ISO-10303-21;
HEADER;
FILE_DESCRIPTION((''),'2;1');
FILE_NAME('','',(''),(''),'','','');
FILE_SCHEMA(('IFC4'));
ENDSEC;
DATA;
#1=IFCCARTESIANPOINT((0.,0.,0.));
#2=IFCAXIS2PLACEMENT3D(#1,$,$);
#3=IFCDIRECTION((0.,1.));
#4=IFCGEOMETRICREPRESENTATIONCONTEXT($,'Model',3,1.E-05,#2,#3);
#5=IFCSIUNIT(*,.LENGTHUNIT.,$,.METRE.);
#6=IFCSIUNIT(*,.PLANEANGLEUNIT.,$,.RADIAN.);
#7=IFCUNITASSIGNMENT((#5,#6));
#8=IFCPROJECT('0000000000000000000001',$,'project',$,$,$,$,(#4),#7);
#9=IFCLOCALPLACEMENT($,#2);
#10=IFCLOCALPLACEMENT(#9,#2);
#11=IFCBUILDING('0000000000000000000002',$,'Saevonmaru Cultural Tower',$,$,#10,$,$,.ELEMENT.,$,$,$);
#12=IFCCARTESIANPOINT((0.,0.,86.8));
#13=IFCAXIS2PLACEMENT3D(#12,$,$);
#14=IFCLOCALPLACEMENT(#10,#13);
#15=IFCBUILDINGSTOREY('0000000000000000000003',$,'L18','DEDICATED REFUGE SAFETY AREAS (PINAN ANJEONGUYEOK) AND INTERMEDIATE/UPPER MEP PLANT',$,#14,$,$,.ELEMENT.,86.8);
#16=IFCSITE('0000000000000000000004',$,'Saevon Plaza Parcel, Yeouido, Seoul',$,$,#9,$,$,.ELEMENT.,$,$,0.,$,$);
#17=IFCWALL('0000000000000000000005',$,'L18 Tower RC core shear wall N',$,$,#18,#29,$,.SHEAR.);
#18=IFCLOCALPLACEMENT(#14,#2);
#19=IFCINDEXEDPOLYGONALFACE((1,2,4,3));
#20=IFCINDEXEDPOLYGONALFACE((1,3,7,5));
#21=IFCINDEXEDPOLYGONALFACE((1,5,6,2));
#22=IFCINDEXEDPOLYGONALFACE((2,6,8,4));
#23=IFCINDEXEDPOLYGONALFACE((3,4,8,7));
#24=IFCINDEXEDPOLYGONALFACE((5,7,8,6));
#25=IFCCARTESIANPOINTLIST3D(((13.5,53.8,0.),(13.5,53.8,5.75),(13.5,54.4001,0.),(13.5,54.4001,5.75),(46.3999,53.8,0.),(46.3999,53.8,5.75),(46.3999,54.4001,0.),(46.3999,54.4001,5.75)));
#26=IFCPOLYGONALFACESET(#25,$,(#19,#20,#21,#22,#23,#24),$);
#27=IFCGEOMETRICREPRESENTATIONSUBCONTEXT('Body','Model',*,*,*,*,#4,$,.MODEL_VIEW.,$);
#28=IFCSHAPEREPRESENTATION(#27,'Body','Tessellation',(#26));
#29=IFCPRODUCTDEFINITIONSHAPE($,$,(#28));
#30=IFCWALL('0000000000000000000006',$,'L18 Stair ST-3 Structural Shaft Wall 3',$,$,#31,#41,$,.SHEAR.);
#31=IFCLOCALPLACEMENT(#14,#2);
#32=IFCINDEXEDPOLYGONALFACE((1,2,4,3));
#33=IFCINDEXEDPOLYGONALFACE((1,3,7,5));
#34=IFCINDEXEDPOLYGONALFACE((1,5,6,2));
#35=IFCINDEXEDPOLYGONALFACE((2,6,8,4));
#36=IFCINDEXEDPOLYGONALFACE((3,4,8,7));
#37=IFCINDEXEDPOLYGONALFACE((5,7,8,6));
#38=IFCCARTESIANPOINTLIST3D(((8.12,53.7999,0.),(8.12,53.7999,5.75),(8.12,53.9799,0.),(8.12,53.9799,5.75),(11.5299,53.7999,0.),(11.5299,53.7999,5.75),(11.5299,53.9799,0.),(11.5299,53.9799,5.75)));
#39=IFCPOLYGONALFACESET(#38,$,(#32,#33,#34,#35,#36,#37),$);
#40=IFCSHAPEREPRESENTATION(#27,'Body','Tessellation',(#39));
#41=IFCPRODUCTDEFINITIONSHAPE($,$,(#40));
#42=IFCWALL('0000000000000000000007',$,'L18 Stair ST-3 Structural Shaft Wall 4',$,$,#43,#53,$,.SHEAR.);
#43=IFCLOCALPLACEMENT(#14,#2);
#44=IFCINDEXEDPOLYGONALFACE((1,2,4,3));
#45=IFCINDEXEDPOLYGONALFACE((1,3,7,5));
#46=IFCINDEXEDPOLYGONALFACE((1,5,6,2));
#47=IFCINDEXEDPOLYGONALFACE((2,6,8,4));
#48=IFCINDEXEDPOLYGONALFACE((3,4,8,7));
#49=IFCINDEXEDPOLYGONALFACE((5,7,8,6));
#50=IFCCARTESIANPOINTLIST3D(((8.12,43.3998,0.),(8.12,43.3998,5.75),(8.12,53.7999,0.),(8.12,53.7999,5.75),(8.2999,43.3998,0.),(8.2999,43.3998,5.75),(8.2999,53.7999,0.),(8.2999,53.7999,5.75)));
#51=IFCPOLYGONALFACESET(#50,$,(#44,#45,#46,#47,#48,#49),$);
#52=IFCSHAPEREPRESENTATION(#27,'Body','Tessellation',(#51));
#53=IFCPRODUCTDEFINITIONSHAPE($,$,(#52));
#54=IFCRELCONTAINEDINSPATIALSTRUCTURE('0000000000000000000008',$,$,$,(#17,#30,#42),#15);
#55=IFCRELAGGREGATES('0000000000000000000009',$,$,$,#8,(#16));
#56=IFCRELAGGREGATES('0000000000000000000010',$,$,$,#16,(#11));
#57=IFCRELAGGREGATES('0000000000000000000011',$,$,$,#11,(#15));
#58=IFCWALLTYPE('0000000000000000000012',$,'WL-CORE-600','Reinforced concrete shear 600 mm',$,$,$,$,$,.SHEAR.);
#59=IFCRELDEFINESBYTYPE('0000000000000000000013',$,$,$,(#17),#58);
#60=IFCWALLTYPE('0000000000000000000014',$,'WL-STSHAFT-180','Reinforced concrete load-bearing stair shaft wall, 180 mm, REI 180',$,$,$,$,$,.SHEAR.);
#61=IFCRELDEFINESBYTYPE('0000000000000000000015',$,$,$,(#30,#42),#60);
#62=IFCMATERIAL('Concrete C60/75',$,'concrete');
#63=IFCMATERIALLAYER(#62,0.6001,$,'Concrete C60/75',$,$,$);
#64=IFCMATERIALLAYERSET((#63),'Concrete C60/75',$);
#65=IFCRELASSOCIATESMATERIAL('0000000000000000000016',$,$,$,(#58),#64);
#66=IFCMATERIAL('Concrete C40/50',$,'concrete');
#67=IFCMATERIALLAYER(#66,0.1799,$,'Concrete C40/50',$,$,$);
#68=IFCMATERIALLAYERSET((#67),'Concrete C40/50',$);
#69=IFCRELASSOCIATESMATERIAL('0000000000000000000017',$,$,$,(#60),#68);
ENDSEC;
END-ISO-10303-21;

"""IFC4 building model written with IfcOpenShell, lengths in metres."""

from ifc_helpers import new_model, si_unit, direction, frame, frame_2d, origin, place, context, subcontext, project, spatial, rectangle, extrude, material, layer, layer_set, type_object, element, save


model = new_model("IFC4")

# Units and contexts
model_context = context("Model", 3, precision=1e-05, world=origin(), true_north=direction((0.0, 1.0)))
body_context = subcontext(model_context, "Body", "Model", "MODEL_VIEW")
ifc_project = project(units=[si_unit("LENGTHUNIT", "METRE"), si_unit("PLANEANGLEUNIT", "RADIAN")], contexts=[model_context])

# Site, building, storey
site_placement = place(None, origin())
site = spatial("IfcSite", under=ifc_project, at=site_placement, Name="Saevon Plaza Parcel, Yeouido, Seoul", CompositionType="ELEMENT", RefElevation=0.0)
building_placement = place(site_placement, origin())
building = spatial("IfcBuilding", under=site, at=building_placement, Name="Saevonmaru Cultural Tower", CompositionType="ELEMENT")
storey_placement = place(building_placement, frame((0.0, 0.0, 86.8)))
storey = spatial("IfcBuildingStorey", under=building, at=storey_placement, Name="L18", Description="DEDICATED REFUGE SAFETY AREAS (PINAN ANJEONGUYEOK) AND INTERMEDIATE/UPPER MEP PLANT", CompositionType="ELEMENT", Elevation=86.8)

# Walls
ifc_material_1 = material(Name="Concrete C60/75", Category="concrete")
ifc_layer_1 = layer(ifc_material_1, 0.6001, Name="Concrete C60/75")
ifc_layer_set_1 = layer_set([ifc_layer_1], Name="Concrete C60/75")
wall_type_1 = type_object("IfcWallType", Name="WL-CORE-600", Description="Reinforced concrete shear 600 mm", PredefinedType="SHEAR", material=ifc_layer_set_1)
wall_1_placement = place(storey_placement, frame((13.5, 54.1001, 0.0), z_axis=(0.0, 0.0, 1.0), x_axis=(1.0, 0.0, 0.0)))
element("IfcWall", 1, at=wall_1_placement, inside=storey, type_object=wall_type_1, Name="L18 Tower RC core shear wall N", PredefinedType="SHEAR", context=body_context, shape_type="SweptSolid", body=[
    extrude(rectangle(XDim=32.8999, YDim=0.6001, at=frame_2d((16.45, 0.0))), origin(), (0.0, 0.0, 1.0), 5.75),
])
ifc_material_2 = material(Name="Concrete C40/50", Category="concrete")
ifc_layer_2 = layer(ifc_material_2, 0.1799, Name="Concrete C40/50")
ifc_layer_set_2 = layer_set([ifc_layer_2], Name="Concrete C40/50")
wall_type_2 = type_object("IfcWallType", Name="WL-STSHAFT-180", Description="Reinforced concrete load-bearing stair shaft wall, 180 mm, REI 180", PredefinedType="SHEAR", material=ifc_layer_set_2)
wall_2_placement = place(storey_placement, frame((11.53, 53.8899, 0.0), z_axis=(0.0, 0.0, 1.0), x_axis=(-1.0, 0.0, 0.0)))
element("IfcWall", 2, at=wall_2_placement, inside=storey, type_object=wall_type_2, Name="L18 Stair ST-3 Structural Shaft Wall 3", PredefinedType="SHEAR", context=body_context, shape_type="SweptSolid", body=[
    extrude(rectangle(XDim=3.4099, YDim=0.1799, at=frame_2d((1.7051, 0.0))), origin(), (0.0, 0.0, 1.0), 5.75),
])
wall_3_placement = place(storey_placement, frame((8.21, 53.8, 0.0), z_axis=(0.0, 0.0, 1.0), x_axis=(0.0, -1.0, 0.0)))
element("IfcWall", 3, at=wall_3_placement, inside=storey, type_object=wall_type_2, Name="L18 Stair ST-3 Structural Shaft Wall 4", PredefinedType="SHEAR", context=body_context, shape_type="SweptSolid", body=[
    extrude(rectangle(XDim=10.4001, YDim=0.1799, at=frame_2d((5.2002, 0.0))), origin(), (0.0, 0.0, 1.0), 5.75),
])

save(model, "model.ifc")
